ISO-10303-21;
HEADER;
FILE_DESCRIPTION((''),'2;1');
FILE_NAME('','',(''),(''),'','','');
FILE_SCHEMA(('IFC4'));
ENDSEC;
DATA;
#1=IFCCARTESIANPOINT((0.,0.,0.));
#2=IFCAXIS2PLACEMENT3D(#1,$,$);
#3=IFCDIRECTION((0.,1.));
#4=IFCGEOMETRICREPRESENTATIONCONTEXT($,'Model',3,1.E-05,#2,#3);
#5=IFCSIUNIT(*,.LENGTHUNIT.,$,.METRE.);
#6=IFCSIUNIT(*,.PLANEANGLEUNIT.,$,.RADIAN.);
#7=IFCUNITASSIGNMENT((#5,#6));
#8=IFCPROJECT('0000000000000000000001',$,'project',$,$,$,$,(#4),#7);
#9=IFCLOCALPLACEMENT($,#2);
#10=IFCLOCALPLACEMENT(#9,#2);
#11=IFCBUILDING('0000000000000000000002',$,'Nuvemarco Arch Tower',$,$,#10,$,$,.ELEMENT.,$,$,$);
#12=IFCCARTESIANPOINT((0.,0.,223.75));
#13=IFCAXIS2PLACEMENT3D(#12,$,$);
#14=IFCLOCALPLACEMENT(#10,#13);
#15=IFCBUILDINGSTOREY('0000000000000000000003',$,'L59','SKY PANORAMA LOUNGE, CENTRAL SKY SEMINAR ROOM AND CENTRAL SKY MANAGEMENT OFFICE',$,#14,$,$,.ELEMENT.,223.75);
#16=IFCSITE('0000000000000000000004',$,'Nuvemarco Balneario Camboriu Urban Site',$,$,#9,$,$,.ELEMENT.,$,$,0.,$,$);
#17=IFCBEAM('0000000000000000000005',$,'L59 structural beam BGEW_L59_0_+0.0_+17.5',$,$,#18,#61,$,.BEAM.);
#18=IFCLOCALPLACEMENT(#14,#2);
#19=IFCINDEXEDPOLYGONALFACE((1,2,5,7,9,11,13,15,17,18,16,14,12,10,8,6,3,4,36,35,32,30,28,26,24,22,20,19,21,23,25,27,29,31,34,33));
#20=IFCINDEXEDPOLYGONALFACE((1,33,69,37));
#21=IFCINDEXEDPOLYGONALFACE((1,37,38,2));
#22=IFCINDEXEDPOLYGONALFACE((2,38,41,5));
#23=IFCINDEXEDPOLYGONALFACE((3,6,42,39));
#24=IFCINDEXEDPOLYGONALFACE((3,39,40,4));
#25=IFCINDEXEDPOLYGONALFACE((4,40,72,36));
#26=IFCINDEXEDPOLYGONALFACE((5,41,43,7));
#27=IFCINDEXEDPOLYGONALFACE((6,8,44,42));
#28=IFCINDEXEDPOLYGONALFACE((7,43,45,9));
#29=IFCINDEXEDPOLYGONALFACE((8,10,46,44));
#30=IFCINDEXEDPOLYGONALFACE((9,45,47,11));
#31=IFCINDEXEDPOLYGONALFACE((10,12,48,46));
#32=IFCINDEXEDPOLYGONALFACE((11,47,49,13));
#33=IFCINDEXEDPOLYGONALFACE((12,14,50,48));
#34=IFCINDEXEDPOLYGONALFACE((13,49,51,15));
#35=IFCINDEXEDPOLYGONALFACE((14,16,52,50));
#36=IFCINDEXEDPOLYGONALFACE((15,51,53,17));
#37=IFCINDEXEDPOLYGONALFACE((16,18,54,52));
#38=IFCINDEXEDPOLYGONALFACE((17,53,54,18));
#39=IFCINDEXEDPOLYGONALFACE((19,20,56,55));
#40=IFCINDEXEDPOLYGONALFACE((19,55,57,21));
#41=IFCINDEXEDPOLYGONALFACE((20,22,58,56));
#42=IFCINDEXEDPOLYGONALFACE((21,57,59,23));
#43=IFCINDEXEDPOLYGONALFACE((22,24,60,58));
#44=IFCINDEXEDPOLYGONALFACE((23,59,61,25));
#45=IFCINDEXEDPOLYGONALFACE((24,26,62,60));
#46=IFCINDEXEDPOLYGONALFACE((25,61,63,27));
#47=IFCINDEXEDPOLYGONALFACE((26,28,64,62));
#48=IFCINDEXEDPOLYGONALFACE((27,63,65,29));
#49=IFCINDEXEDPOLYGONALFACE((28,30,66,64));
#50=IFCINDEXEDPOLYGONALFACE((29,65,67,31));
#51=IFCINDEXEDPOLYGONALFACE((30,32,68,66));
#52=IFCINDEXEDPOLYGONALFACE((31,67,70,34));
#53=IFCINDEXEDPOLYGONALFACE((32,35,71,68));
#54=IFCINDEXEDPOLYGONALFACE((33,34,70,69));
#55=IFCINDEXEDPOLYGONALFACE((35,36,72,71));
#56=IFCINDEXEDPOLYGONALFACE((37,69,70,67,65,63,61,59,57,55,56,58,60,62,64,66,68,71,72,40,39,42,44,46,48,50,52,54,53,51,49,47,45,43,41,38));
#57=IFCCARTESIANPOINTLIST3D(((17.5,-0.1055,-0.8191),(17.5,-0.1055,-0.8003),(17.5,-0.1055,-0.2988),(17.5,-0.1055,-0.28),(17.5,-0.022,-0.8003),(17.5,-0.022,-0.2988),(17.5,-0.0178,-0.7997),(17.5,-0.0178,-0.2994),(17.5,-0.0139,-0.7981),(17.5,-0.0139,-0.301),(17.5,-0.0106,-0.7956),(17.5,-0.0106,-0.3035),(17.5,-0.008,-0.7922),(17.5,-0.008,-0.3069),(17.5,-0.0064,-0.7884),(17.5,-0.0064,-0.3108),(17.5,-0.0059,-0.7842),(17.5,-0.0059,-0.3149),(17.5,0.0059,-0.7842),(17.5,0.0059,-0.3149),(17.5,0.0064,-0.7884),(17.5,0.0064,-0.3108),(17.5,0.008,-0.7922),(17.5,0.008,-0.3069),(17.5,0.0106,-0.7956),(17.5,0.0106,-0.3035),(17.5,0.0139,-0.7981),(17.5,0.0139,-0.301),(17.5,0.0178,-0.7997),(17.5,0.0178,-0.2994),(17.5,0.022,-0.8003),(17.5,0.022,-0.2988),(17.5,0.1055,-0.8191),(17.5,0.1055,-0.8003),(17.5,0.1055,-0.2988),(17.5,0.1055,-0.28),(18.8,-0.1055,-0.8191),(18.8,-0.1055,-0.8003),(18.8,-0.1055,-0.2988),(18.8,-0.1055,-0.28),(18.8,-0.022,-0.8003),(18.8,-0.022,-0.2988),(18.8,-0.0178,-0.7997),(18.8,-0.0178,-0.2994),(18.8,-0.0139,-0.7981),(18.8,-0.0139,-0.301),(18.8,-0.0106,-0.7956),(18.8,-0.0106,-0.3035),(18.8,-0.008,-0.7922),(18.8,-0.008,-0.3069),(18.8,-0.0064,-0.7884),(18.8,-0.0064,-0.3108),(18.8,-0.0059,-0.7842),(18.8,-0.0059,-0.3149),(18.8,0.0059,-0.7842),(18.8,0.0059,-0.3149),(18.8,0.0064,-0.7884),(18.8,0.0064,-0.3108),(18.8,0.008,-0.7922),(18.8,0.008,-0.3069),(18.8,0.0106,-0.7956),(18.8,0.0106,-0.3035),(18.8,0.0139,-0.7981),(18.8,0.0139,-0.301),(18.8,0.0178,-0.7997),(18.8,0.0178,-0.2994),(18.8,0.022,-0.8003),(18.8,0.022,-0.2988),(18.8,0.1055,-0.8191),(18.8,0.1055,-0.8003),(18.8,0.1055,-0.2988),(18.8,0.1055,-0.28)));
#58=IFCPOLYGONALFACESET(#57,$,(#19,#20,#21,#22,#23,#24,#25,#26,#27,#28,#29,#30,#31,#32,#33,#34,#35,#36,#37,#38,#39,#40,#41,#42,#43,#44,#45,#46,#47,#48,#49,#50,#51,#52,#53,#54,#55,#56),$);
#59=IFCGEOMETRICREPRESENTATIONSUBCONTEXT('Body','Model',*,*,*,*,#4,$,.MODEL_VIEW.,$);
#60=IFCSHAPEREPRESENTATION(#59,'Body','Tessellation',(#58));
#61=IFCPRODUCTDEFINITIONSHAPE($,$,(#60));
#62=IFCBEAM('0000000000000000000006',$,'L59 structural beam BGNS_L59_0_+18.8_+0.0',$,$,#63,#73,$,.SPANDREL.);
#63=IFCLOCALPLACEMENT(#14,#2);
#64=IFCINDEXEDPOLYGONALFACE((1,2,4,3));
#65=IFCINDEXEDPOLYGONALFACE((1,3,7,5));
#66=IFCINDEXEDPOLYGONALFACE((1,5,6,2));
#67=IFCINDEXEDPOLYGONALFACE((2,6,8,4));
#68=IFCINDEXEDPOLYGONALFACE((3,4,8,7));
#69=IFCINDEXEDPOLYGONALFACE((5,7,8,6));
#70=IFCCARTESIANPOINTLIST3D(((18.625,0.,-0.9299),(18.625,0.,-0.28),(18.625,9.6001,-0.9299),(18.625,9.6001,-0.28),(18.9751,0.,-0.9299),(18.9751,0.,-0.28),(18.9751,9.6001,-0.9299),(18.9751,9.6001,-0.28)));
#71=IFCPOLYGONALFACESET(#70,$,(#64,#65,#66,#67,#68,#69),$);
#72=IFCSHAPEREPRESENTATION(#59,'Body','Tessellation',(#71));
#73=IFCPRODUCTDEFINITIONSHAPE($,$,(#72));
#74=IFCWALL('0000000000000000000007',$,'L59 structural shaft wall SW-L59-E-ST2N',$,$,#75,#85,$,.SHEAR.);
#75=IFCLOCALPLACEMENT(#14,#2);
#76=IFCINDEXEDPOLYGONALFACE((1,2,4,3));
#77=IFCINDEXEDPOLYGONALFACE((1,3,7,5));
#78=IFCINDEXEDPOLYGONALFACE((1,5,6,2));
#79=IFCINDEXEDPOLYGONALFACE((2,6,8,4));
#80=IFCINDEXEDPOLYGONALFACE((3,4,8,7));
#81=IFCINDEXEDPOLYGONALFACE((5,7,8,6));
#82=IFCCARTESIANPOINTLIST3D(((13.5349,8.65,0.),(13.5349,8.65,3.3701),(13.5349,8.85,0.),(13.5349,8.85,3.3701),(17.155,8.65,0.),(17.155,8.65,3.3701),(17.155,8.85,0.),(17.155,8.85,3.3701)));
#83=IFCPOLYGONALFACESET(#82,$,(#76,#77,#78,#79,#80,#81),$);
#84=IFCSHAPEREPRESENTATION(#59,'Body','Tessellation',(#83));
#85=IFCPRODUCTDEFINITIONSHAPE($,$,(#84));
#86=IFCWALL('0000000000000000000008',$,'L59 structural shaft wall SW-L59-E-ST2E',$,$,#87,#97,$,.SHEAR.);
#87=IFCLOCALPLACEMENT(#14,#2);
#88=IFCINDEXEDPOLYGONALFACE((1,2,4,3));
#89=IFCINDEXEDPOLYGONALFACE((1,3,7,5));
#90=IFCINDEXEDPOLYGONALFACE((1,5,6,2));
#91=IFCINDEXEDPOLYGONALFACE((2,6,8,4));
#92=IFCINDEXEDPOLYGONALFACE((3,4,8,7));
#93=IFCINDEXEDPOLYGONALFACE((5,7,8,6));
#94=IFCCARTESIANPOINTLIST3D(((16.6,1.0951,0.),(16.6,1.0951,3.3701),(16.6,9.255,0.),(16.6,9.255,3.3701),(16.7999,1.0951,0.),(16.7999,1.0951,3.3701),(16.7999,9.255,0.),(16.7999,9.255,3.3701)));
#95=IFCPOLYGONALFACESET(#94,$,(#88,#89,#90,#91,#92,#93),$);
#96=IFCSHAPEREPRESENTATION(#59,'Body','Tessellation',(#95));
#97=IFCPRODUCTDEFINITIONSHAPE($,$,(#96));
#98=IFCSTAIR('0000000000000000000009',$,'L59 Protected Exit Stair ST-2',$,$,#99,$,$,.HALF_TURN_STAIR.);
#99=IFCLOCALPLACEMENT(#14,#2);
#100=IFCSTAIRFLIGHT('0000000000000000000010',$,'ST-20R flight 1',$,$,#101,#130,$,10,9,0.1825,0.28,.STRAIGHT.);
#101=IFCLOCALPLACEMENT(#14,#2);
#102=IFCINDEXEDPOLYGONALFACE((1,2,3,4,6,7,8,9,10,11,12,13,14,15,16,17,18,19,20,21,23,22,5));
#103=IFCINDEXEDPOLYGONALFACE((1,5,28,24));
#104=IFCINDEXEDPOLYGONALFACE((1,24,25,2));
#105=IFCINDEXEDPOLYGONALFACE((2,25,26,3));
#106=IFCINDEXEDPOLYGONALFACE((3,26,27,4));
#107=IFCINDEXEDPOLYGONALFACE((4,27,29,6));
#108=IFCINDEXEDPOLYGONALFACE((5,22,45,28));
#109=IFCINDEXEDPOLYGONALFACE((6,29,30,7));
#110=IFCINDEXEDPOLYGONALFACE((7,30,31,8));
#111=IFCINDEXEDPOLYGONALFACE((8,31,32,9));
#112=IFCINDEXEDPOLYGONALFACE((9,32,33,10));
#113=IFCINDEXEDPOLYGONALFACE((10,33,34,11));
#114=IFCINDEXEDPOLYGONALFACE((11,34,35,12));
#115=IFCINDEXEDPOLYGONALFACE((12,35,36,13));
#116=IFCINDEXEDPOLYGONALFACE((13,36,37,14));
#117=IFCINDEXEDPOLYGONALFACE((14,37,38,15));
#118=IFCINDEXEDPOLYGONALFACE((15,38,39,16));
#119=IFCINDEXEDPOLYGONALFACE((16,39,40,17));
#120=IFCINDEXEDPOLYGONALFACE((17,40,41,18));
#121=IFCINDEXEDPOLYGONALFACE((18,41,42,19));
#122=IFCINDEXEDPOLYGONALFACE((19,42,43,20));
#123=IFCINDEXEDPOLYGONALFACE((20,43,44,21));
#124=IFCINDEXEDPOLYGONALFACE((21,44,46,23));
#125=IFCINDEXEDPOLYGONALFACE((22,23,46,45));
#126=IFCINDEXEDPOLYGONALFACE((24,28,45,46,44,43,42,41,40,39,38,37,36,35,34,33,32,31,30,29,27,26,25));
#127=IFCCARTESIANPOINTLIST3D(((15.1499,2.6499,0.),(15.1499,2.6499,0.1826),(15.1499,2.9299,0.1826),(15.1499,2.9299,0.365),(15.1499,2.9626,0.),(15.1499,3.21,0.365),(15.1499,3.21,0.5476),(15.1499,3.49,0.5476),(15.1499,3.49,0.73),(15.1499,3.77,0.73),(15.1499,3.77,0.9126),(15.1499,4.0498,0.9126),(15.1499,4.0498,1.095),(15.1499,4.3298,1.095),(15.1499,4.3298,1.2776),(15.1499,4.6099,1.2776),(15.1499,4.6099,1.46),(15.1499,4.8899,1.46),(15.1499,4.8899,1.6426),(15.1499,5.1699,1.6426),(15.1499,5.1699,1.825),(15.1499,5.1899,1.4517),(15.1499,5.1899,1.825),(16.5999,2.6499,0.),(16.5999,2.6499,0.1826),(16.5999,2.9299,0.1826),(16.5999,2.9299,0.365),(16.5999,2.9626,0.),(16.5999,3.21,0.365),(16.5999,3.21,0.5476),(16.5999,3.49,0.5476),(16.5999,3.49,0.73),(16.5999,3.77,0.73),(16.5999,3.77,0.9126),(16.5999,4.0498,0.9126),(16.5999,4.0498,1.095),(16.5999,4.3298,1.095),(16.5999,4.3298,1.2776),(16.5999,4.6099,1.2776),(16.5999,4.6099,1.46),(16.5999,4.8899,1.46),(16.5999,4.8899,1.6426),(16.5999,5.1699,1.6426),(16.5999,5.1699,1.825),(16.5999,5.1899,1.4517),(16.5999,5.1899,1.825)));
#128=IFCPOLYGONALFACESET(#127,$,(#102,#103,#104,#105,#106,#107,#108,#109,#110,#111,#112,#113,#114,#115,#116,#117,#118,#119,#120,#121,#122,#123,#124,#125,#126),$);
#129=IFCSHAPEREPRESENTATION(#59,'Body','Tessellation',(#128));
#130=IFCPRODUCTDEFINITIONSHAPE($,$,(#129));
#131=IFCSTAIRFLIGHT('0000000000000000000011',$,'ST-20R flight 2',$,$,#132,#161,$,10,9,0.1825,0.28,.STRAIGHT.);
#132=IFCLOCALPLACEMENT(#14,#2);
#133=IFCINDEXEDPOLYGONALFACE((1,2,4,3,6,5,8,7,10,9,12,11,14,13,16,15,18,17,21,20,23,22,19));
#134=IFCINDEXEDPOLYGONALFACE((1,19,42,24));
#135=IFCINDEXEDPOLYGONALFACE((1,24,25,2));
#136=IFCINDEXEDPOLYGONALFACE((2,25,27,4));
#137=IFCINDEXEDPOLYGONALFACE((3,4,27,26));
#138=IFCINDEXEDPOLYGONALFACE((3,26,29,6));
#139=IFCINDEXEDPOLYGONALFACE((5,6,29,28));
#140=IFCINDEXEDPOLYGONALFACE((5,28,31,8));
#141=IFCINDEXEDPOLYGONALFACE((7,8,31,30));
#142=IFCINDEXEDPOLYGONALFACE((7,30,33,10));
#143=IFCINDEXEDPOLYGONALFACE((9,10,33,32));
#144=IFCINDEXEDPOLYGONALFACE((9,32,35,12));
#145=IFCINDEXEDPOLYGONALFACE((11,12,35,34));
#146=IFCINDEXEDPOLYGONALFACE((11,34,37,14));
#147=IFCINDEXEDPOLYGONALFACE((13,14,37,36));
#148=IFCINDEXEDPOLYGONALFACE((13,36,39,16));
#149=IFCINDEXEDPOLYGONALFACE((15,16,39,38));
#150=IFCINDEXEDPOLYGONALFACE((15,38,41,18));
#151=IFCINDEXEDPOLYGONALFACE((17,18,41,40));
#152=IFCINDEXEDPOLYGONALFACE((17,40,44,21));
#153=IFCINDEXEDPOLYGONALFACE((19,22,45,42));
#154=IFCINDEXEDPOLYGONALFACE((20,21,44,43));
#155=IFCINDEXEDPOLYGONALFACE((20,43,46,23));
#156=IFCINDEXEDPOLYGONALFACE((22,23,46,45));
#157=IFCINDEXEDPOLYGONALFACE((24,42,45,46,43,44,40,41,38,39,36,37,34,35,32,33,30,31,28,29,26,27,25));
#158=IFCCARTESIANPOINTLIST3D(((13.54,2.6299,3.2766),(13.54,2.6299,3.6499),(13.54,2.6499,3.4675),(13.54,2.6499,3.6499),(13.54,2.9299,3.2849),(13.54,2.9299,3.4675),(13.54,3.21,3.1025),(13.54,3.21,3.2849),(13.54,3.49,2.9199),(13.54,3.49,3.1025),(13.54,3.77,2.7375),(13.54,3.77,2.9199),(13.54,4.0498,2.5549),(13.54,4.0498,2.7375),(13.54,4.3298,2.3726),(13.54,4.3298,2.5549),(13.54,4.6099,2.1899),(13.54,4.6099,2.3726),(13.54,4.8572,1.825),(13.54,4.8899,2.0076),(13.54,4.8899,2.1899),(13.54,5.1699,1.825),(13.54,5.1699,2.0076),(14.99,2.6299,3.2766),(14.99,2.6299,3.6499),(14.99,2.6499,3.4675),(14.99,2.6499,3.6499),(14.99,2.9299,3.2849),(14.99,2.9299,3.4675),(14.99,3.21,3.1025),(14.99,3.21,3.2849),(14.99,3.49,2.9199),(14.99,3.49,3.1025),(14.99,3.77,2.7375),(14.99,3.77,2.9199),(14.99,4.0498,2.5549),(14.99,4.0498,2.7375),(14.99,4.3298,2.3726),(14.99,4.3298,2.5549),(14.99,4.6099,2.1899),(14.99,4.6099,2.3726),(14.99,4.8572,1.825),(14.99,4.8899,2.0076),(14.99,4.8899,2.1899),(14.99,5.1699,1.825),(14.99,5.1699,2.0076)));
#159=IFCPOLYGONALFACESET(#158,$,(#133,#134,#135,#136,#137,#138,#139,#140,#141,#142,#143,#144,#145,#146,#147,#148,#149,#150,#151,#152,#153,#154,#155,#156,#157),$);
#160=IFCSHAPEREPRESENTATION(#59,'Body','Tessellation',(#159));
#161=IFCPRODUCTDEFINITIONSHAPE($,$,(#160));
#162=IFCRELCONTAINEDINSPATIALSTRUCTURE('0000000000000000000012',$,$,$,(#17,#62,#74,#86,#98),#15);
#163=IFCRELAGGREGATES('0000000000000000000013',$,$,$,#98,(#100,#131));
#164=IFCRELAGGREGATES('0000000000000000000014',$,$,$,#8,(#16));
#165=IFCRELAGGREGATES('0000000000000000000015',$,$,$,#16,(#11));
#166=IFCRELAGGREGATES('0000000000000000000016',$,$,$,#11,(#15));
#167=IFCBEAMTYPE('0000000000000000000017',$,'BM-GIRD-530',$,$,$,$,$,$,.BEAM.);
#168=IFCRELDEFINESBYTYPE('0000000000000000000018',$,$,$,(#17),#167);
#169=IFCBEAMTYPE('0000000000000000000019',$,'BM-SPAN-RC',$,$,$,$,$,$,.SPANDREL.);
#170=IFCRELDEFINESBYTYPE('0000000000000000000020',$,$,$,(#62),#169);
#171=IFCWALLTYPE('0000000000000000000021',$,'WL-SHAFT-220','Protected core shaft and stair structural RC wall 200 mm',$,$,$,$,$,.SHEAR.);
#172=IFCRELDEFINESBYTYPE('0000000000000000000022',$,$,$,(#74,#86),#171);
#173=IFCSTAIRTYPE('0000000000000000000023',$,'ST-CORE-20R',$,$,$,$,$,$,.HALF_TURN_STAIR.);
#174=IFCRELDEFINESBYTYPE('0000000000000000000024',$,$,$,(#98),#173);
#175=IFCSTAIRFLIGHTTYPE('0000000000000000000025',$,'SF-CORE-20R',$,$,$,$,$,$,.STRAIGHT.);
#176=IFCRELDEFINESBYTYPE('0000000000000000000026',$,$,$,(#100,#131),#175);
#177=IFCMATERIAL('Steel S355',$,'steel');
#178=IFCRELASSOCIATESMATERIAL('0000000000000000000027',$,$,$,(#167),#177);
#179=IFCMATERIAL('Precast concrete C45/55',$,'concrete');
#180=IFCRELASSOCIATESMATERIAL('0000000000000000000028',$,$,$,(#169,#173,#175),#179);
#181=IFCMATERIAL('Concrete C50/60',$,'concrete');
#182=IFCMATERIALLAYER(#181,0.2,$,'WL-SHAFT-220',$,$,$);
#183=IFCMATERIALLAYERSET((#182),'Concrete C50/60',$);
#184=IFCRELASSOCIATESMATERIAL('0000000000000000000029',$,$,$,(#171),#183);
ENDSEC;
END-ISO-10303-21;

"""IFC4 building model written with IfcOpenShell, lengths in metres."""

from ifc_helpers import new_model, si_unit, direction, frame, frame_2d, origin, origin_2d, place, context, subcontext, project, spatial, polyline, rectangle, i_section, outline, extrude, material, layer, layer_set, material_profile, profile_set, type_object, element, aggregate, save


model = new_model("IFC4")

# Units and contexts
model_context = context("Model", 3, precision=1e-05, world=origin(), true_north=direction((0.0, 1.0)))
body_context = subcontext(model_context, "Body", "Model", "MODEL_VIEW")
ifc_project = project(units=[si_unit("LENGTHUNIT", "METRE"), si_unit("PLANEANGLEUNIT", "RADIAN")], contexts=[model_context])

# Site, building, storey
site_placement = place(None, origin())
site = spatial("IfcSite", under=ifc_project, at=site_placement, Name="Nuvemarco Balneario Camboriu Urban Site", CompositionType="ELEMENT", RefElevation=0.0)
building_placement = place(site_placement, origin())
building = spatial("IfcBuilding", under=site, at=building_placement, Name="Nuvemarco Arch Tower", CompositionType="ELEMENT")
storey_placement = place(building_placement, frame((0.0, 0.0, 223.75)))
storey = spatial("IfcBuildingStorey", under=building, at=storey_placement, Name="L59", Description="SKY PANORAMA LOUNGE, CENTRAL SKY SEMINAR ROOM AND CENTRAL SKY MANAGEMENT OFFICE", CompositionType="ELEMENT", Elevation=223.75)

# Shared definitions
ifc_material_1 = material(Name="Concrete C50/60", Category="concrete")
ifc_material_2 = material(Name="Steel S355", Category="steel")

# Beams
ifc_material_profile_1 = material_profile(ifc_material_2, i_section(OverallWidth=0.2109, OverallDepth=0.5391, WebThickness=0.0117, FlangeThickness=0.0188, FilletRadius=0.0161, at=origin_2d()), Name="W530x109")
ifc_profile_set_1 = profile_set([ifc_material_profile_1], Name="Steel S355")
beam_type_1 = type_object("IfcBeamType", Name="BM-GIRD-530", PredefinedType="BEAM", material=ifc_profile_set_1)
beam_1_placement = place(storey_placement, frame((17.5, 0.0, -0.5496), z_axis=(1.0, 0.0, 0.0), x_axis=(0.0, 1.0, 0.0)))
element("IfcBeam", 1, at=beam_1_placement, inside=storey, type_object=beam_type_1, Name="L59 structural beam BGEW_L59_0_+0.0_+17.5", PredefinedType="BEAM", context=body_context, shape_type="SweptSolid", body=[
    extrude(i_section(OverallWidth=0.2109, OverallDepth=0.5391, WebThickness=0.0117, FlangeThickness=0.0188, FilletRadius=0.0161, at=origin_2d()), origin(), (0.0, 0.0, 1.0), 1.3),
])
ifc_material_3 = material(Name="Precast concrete C45/55", Category="concrete")
ifc_material_profile_2 = material_profile(ifc_material_3, rectangle(XDim=0.3501, YDim=0.6499, at=origin_2d()), Name="PC-SP-350x650")
ifc_profile_set_2 = profile_set([ifc_material_profile_2], Name="Precast concrete C45/55")
beam_type_2 = type_object("IfcBeamType", Name="BM-SPAN-RC", PredefinedType="SPANDREL", material=ifc_profile_set_2)
beam_2_placement = place(storey_placement, frame((18.8, 0.0, -0.605), z_axis=(0.0, 1.0, 0.0), x_axis=(-1.0, 0.0, 0.0)))
element("IfcBeam", 2, at=beam_2_placement, inside=storey, type_object=beam_type_2, Name="L59 structural beam BGNS_L59_0_+18.8_+0.0", PredefinedType="SPANDREL", context=body_context, shape_type="SweptSolid", body=[
    extrude(rectangle(XDim=0.3501, YDim=0.6499, at=origin_2d()), origin(), (0.0, 0.0, 1.0), 9.6001),
])

# Walls
ifc_layer = layer(ifc_material_1, 0.2, Name="WL-SHAFT-220")
ifc_layer_set = layer_set([ifc_layer], Name="Concrete C50/60")
wall_type = type_object("IfcWallType", Name="WL-SHAFT-220", Description="Protected core shaft and stair structural RC wall 200 mm", PredefinedType="SHEAR", material=ifc_layer_set)
wall_1_placement = place(storey_placement, frame((13.5349, 8.75, 0.0), z_axis=(0.0, 0.0, 1.0), x_axis=(1.0, 0.0, 0.0)))
element("IfcWall", 3, at=wall_1_placement, inside=storey, type_object=wall_type, Name="L59 structural shaft wall SW-L59-E-ST2N", PredefinedType="SHEAR", context=body_context, shape_type="SweptSolid", body=[
    extrude(rectangle(XDim=3.6201, YDim=0.2, at=frame_2d((1.8101, 0.0))), origin(), (0.0, 0.0, 1.0), 3.3701),
])
wall_2_placement = place(storey_placement, frame((16.7, 1.095, 0.0), z_axis=(0.0, 0.0, 1.0), x_axis=(0.0, 1.0, 0.0)))
element("IfcWall", 4, at=wall_2_placement, inside=storey, type_object=wall_type, Name="L59 structural shaft wall SW-L59-E-ST2E", PredefinedType="SHEAR", context=body_context, shape_type="SweptSolid", body=[
    extrude(rectangle(XDim=8.1599, YDim=0.2, at=frame_2d((4.0801, 0.0))), origin(), (0.0, 0.0, 1.0), 3.3701),
])

# Stair, stair flights
stair_type = type_object("IfcStairType", Name="ST-CORE-20R", PredefinedType="HALF_TURN_STAIR", material=ifc_material_3)
stair_placement = place(storey_placement, origin())
stair = element("IfcStair", 5, at=stair_placement, inside=storey, type_object=stair_type, Name="L59 Protected Exit Stair ST-2", PredefinedType="HALF_TURN_STAIR")
stair_flight_type = type_object("IfcStairFlightType", Name="SF-CORE-20R", PredefinedType="STRAIGHT", material=ifc_material_3)
stair_flight_1_placement = place(storey_placement, frame((15.875, 2.6499, 0.0), z_axis=(0.0, 0.0, 1.0), x_axis=(0.0, 1.0, 0.0)))
stair_flight_1 = element("IfcStairFlight", 6, at=stair_flight_1_placement, type_object=stair_flight_type, Name="ST-20R flight 1", NumberOfRisers=10, NumberOfTreads=9, PredefinedType="STRAIGHT", RiserHeight=0.1825, TreadLength=0.28, context=body_context, shape_type="SweptSolid", body=[
    extrude(outline(polyline([(0.0, 0.0), (0.0, 0.1826), (0.28, 0.1826), (0.28, 0.365), (0.5601, 0.365), (0.5601, 0.5476), (0.8401, 0.5476), (0.8401, 0.73), (1.1201, 0.73), (1.1201, 0.9126), (1.3999, 0.9126), (1.3999, 1.095), (1.6799, 1.095), (1.6799, 1.2776), (1.96, 1.2776), (1.96, 1.46), (2.24, 1.46), (2.24, 1.6426), (2.52, 1.6426), (2.52, 1.825), (2.54, 1.825), (2.54, 1.4517), (0.3127, 0.0), (0.0, 0.0)])), frame((0.0, 0.7251, 0.0), z_axis=(0.0, -1.0, 0.0), x_axis=(1.0, 0.0, 0.0)), (0.0, 0.0, 1.0), 1.45),
])
stair_flight_2_placement = place(storey_placement, frame((14.2649, 5.1699, 1.825), z_axis=(0.0, 0.0, 1.0), x_axis=(0.0, -1.0, 0.0)))
stair_flight_2 = element("IfcStairFlight", 7, at=stair_flight_2_placement, type_object=stair_flight_type, Name="ST-20R flight 2", NumberOfRisers=10, NumberOfTreads=9, PredefinedType="STRAIGHT", RiserHeight=0.1825, TreadLength=0.28, context=body_context, shape_type="SweptSolid", body=[
    extrude(outline(polyline([(0.0, 0.0), (0.0, 0.1826), (0.28, 0.1826), (0.28, 0.365), (0.5601, 0.365), (0.5601, 0.5476), (0.8401, 0.5476), (0.8401, 0.73), (1.1201, 0.73), (1.1201, 0.9126), (1.3999, 0.9126), (1.3999, 1.095), (1.6799, 1.095), (1.6799, 1.2776), (1.96, 1.2776), (1.96, 1.46), (2.24, 1.46), (2.24, 1.6426), (2.52, 1.6426), (2.52, 1.825), (2.54, 1.825), (2.54, 1.4517), (0.3127, 0.0), (0.0, 0.0)])), frame((0.0, 0.7251, 0.0), z_axis=(0.0, -1.0, 0.0), x_axis=(1.0, 0.0, 0.0)), (0.0, 0.0, 1.0), 1.45),
])
aggregate(stair, [stair_flight_1, stair_flight_2])

save(model, "model.ifc")
